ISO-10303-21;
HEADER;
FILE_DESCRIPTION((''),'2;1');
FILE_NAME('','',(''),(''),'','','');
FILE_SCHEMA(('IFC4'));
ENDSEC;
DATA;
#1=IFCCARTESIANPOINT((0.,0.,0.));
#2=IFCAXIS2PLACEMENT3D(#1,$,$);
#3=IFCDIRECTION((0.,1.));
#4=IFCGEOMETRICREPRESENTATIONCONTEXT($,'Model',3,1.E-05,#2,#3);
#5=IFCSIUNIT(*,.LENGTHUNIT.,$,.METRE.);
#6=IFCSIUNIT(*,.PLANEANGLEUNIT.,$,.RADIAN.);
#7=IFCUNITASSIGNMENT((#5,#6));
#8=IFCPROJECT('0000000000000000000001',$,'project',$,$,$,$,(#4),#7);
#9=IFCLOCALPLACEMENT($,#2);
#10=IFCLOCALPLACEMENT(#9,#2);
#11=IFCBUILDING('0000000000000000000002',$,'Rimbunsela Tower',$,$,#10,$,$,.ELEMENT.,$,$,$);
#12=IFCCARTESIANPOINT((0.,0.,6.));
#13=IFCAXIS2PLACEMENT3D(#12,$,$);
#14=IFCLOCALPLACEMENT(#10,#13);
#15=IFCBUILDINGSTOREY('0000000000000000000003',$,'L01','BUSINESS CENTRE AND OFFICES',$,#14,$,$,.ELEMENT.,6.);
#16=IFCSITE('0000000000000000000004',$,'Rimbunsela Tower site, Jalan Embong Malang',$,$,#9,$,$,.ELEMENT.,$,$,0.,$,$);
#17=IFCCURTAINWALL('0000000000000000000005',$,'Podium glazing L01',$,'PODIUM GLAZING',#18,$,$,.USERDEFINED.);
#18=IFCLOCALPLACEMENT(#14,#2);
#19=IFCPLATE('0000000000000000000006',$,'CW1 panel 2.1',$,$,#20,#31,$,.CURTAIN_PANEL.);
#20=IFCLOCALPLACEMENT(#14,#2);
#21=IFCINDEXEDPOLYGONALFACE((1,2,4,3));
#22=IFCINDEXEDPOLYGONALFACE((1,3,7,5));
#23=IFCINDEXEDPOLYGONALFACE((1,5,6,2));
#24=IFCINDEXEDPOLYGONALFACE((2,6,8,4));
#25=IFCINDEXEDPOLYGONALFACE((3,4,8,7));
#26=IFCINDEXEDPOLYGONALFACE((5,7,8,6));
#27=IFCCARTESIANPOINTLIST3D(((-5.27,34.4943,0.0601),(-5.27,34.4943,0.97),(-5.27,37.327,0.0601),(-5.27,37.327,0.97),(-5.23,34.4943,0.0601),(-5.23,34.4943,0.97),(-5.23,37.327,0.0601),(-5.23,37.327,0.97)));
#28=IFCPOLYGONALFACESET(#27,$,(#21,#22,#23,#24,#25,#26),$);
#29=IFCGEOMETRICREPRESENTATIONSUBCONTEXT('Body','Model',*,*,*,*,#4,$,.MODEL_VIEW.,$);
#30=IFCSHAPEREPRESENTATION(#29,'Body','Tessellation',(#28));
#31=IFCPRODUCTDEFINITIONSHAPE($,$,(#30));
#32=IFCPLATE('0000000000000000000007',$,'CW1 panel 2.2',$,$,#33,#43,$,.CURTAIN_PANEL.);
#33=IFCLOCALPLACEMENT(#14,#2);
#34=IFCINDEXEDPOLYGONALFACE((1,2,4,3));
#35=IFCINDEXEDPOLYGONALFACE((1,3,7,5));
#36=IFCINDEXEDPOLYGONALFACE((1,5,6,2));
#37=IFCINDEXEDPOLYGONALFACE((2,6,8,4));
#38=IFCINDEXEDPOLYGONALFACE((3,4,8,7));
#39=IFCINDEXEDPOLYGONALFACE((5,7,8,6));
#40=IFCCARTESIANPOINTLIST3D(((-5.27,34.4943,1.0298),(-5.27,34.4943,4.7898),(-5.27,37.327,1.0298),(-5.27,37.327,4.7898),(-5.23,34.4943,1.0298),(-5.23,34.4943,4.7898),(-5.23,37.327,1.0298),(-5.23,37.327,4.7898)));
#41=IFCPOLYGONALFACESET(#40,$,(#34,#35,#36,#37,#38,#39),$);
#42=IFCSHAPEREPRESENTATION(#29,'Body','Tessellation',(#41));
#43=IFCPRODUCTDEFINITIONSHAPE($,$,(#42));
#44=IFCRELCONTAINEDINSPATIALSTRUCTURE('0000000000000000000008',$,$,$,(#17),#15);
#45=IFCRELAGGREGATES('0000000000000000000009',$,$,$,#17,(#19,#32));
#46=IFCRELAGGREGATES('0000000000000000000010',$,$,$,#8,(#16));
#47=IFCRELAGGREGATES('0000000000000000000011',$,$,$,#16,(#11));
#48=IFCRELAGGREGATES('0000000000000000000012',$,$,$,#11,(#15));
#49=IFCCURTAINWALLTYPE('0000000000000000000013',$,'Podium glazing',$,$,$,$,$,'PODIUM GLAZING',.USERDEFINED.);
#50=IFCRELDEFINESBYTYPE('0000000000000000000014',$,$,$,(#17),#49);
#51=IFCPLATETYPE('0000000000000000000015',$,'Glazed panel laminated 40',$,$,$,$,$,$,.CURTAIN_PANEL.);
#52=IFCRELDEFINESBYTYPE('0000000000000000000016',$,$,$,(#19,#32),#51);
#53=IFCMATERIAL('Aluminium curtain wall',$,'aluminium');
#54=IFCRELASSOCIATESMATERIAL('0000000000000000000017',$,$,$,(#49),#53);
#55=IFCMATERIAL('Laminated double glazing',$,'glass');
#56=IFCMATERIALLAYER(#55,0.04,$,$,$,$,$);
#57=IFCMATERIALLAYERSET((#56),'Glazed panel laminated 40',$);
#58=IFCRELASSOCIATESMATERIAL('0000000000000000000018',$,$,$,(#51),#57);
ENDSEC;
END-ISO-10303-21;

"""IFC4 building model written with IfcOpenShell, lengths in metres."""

from ifc_helpers import new_model, si_unit, direction, frame, origin, origin_2d, place, context, subcontext, project, spatial, rectangle, extrude, material, layer, layer_set, type_object, element, aggregate, save


model = new_model("IFC4")

# Units and contexts
model_context = context("Model", 3, precision=1e-05, world=origin(), true_north=direction((0.0, 1.0)))
body_context = subcontext(model_context, "Body", "Model", "MODEL_VIEW")
ifc_project = project(units=[si_unit("LENGTHUNIT", "METRE"), si_unit("PLANEANGLEUNIT", "RADIAN")], contexts=[model_context])

# Site, building, storey
site_placement = place(None, origin())
site = spatial("IfcSite", under=ifc_project, at=site_placement, Name="Rimbunsela Tower site, Jalan Embong Malang", CompositionType="ELEMENT", RefElevation=0.0)
building_placement = place(site_placement, origin())
building = spatial("IfcBuilding", under=site, at=building_placement, Name="Rimbunsela Tower", CompositionType="ELEMENT")
storey_placement = place(building_placement, frame((0.0, 0.0, 6.0)))
storey = spatial("IfcBuildingStorey", under=building, at=storey_placement, Name="L01", Description="BUSINESS CENTRE AND OFFICES", CompositionType="ELEMENT", Elevation=6.0)

# Curtain wall
ifc_material_1 = material(Name="Aluminium curtain wall", Category="aluminium")
curtain_wall_type_1 = type_object("IfcCurtainWallType", Name="Podium glazing", ElementType="PODIUM GLAZING", PredefinedType="USERDEFINED", material=ifc_material_1)
curtain_wall_1_placement = place(storey_placement, origin())
curtain_wall_1 = element("IfcCurtainWall", 1, at=curtain_wall_1_placement, inside=storey, type_object=curtain_wall_type_1, Name="Podium glazing L01", ObjectType="PODIUM GLAZING", PredefinedType="USERDEFINED")

# Plates
ifc_material_2 = material(Name="Laminated double glazing", Category="glass")
ifc_layer_1 = layer(ifc_material_2, 0.04)
ifc_layer_set_1 = layer_set([ifc_layer_1], Name="Glazed panel laminated 40")
plate_type_1 = type_object("IfcPlateType", Name="Glazed panel laminated 40", PredefinedType="CURTAIN_PANEL", material=ifc_layer_set_1)
plate_1_placement = place(storey_placement, frame((-5.25, 35.9106, 0.0601), z_axis=(0.0, 0.0, 1.0), x_axis=(0.0, -1.0, 0.0)))
plate_1 = element("IfcPlate", 2, at=plate_1_placement, type_object=plate_type_1, Name="CW1 panel 2.1", PredefinedType="CURTAIN_PANEL", context=body_context, shape_type="SweptSolid", body=[
    extrude(rectangle(XDim=2.8328, YDim=0.04, at=origin_2d()), origin(), (0.0, 0.0, 1.0), 0.9099),
])
plate_2_placement = place(storey_placement, frame((-5.25, 35.9106, 1.0298), z_axis=(0.0, 0.0, 1.0), x_axis=(0.0, -1.0, 0.0)))
plate_2 = element("IfcPlate", 3, at=plate_2_placement, type_object=plate_type_1, Name="CW1 panel 2.2", PredefinedType="CURTAIN_PANEL", context=body_context, shape_type="SweptSolid", body=[
    extrude(rectangle(XDim=2.8328, YDim=0.04, at=origin_2d()), origin(), (0.0, 0.0, 1.0), 3.76),
])
aggregate(curtain_wall_1, [plate_1, plate_2])

save(model, "model.ifc")
